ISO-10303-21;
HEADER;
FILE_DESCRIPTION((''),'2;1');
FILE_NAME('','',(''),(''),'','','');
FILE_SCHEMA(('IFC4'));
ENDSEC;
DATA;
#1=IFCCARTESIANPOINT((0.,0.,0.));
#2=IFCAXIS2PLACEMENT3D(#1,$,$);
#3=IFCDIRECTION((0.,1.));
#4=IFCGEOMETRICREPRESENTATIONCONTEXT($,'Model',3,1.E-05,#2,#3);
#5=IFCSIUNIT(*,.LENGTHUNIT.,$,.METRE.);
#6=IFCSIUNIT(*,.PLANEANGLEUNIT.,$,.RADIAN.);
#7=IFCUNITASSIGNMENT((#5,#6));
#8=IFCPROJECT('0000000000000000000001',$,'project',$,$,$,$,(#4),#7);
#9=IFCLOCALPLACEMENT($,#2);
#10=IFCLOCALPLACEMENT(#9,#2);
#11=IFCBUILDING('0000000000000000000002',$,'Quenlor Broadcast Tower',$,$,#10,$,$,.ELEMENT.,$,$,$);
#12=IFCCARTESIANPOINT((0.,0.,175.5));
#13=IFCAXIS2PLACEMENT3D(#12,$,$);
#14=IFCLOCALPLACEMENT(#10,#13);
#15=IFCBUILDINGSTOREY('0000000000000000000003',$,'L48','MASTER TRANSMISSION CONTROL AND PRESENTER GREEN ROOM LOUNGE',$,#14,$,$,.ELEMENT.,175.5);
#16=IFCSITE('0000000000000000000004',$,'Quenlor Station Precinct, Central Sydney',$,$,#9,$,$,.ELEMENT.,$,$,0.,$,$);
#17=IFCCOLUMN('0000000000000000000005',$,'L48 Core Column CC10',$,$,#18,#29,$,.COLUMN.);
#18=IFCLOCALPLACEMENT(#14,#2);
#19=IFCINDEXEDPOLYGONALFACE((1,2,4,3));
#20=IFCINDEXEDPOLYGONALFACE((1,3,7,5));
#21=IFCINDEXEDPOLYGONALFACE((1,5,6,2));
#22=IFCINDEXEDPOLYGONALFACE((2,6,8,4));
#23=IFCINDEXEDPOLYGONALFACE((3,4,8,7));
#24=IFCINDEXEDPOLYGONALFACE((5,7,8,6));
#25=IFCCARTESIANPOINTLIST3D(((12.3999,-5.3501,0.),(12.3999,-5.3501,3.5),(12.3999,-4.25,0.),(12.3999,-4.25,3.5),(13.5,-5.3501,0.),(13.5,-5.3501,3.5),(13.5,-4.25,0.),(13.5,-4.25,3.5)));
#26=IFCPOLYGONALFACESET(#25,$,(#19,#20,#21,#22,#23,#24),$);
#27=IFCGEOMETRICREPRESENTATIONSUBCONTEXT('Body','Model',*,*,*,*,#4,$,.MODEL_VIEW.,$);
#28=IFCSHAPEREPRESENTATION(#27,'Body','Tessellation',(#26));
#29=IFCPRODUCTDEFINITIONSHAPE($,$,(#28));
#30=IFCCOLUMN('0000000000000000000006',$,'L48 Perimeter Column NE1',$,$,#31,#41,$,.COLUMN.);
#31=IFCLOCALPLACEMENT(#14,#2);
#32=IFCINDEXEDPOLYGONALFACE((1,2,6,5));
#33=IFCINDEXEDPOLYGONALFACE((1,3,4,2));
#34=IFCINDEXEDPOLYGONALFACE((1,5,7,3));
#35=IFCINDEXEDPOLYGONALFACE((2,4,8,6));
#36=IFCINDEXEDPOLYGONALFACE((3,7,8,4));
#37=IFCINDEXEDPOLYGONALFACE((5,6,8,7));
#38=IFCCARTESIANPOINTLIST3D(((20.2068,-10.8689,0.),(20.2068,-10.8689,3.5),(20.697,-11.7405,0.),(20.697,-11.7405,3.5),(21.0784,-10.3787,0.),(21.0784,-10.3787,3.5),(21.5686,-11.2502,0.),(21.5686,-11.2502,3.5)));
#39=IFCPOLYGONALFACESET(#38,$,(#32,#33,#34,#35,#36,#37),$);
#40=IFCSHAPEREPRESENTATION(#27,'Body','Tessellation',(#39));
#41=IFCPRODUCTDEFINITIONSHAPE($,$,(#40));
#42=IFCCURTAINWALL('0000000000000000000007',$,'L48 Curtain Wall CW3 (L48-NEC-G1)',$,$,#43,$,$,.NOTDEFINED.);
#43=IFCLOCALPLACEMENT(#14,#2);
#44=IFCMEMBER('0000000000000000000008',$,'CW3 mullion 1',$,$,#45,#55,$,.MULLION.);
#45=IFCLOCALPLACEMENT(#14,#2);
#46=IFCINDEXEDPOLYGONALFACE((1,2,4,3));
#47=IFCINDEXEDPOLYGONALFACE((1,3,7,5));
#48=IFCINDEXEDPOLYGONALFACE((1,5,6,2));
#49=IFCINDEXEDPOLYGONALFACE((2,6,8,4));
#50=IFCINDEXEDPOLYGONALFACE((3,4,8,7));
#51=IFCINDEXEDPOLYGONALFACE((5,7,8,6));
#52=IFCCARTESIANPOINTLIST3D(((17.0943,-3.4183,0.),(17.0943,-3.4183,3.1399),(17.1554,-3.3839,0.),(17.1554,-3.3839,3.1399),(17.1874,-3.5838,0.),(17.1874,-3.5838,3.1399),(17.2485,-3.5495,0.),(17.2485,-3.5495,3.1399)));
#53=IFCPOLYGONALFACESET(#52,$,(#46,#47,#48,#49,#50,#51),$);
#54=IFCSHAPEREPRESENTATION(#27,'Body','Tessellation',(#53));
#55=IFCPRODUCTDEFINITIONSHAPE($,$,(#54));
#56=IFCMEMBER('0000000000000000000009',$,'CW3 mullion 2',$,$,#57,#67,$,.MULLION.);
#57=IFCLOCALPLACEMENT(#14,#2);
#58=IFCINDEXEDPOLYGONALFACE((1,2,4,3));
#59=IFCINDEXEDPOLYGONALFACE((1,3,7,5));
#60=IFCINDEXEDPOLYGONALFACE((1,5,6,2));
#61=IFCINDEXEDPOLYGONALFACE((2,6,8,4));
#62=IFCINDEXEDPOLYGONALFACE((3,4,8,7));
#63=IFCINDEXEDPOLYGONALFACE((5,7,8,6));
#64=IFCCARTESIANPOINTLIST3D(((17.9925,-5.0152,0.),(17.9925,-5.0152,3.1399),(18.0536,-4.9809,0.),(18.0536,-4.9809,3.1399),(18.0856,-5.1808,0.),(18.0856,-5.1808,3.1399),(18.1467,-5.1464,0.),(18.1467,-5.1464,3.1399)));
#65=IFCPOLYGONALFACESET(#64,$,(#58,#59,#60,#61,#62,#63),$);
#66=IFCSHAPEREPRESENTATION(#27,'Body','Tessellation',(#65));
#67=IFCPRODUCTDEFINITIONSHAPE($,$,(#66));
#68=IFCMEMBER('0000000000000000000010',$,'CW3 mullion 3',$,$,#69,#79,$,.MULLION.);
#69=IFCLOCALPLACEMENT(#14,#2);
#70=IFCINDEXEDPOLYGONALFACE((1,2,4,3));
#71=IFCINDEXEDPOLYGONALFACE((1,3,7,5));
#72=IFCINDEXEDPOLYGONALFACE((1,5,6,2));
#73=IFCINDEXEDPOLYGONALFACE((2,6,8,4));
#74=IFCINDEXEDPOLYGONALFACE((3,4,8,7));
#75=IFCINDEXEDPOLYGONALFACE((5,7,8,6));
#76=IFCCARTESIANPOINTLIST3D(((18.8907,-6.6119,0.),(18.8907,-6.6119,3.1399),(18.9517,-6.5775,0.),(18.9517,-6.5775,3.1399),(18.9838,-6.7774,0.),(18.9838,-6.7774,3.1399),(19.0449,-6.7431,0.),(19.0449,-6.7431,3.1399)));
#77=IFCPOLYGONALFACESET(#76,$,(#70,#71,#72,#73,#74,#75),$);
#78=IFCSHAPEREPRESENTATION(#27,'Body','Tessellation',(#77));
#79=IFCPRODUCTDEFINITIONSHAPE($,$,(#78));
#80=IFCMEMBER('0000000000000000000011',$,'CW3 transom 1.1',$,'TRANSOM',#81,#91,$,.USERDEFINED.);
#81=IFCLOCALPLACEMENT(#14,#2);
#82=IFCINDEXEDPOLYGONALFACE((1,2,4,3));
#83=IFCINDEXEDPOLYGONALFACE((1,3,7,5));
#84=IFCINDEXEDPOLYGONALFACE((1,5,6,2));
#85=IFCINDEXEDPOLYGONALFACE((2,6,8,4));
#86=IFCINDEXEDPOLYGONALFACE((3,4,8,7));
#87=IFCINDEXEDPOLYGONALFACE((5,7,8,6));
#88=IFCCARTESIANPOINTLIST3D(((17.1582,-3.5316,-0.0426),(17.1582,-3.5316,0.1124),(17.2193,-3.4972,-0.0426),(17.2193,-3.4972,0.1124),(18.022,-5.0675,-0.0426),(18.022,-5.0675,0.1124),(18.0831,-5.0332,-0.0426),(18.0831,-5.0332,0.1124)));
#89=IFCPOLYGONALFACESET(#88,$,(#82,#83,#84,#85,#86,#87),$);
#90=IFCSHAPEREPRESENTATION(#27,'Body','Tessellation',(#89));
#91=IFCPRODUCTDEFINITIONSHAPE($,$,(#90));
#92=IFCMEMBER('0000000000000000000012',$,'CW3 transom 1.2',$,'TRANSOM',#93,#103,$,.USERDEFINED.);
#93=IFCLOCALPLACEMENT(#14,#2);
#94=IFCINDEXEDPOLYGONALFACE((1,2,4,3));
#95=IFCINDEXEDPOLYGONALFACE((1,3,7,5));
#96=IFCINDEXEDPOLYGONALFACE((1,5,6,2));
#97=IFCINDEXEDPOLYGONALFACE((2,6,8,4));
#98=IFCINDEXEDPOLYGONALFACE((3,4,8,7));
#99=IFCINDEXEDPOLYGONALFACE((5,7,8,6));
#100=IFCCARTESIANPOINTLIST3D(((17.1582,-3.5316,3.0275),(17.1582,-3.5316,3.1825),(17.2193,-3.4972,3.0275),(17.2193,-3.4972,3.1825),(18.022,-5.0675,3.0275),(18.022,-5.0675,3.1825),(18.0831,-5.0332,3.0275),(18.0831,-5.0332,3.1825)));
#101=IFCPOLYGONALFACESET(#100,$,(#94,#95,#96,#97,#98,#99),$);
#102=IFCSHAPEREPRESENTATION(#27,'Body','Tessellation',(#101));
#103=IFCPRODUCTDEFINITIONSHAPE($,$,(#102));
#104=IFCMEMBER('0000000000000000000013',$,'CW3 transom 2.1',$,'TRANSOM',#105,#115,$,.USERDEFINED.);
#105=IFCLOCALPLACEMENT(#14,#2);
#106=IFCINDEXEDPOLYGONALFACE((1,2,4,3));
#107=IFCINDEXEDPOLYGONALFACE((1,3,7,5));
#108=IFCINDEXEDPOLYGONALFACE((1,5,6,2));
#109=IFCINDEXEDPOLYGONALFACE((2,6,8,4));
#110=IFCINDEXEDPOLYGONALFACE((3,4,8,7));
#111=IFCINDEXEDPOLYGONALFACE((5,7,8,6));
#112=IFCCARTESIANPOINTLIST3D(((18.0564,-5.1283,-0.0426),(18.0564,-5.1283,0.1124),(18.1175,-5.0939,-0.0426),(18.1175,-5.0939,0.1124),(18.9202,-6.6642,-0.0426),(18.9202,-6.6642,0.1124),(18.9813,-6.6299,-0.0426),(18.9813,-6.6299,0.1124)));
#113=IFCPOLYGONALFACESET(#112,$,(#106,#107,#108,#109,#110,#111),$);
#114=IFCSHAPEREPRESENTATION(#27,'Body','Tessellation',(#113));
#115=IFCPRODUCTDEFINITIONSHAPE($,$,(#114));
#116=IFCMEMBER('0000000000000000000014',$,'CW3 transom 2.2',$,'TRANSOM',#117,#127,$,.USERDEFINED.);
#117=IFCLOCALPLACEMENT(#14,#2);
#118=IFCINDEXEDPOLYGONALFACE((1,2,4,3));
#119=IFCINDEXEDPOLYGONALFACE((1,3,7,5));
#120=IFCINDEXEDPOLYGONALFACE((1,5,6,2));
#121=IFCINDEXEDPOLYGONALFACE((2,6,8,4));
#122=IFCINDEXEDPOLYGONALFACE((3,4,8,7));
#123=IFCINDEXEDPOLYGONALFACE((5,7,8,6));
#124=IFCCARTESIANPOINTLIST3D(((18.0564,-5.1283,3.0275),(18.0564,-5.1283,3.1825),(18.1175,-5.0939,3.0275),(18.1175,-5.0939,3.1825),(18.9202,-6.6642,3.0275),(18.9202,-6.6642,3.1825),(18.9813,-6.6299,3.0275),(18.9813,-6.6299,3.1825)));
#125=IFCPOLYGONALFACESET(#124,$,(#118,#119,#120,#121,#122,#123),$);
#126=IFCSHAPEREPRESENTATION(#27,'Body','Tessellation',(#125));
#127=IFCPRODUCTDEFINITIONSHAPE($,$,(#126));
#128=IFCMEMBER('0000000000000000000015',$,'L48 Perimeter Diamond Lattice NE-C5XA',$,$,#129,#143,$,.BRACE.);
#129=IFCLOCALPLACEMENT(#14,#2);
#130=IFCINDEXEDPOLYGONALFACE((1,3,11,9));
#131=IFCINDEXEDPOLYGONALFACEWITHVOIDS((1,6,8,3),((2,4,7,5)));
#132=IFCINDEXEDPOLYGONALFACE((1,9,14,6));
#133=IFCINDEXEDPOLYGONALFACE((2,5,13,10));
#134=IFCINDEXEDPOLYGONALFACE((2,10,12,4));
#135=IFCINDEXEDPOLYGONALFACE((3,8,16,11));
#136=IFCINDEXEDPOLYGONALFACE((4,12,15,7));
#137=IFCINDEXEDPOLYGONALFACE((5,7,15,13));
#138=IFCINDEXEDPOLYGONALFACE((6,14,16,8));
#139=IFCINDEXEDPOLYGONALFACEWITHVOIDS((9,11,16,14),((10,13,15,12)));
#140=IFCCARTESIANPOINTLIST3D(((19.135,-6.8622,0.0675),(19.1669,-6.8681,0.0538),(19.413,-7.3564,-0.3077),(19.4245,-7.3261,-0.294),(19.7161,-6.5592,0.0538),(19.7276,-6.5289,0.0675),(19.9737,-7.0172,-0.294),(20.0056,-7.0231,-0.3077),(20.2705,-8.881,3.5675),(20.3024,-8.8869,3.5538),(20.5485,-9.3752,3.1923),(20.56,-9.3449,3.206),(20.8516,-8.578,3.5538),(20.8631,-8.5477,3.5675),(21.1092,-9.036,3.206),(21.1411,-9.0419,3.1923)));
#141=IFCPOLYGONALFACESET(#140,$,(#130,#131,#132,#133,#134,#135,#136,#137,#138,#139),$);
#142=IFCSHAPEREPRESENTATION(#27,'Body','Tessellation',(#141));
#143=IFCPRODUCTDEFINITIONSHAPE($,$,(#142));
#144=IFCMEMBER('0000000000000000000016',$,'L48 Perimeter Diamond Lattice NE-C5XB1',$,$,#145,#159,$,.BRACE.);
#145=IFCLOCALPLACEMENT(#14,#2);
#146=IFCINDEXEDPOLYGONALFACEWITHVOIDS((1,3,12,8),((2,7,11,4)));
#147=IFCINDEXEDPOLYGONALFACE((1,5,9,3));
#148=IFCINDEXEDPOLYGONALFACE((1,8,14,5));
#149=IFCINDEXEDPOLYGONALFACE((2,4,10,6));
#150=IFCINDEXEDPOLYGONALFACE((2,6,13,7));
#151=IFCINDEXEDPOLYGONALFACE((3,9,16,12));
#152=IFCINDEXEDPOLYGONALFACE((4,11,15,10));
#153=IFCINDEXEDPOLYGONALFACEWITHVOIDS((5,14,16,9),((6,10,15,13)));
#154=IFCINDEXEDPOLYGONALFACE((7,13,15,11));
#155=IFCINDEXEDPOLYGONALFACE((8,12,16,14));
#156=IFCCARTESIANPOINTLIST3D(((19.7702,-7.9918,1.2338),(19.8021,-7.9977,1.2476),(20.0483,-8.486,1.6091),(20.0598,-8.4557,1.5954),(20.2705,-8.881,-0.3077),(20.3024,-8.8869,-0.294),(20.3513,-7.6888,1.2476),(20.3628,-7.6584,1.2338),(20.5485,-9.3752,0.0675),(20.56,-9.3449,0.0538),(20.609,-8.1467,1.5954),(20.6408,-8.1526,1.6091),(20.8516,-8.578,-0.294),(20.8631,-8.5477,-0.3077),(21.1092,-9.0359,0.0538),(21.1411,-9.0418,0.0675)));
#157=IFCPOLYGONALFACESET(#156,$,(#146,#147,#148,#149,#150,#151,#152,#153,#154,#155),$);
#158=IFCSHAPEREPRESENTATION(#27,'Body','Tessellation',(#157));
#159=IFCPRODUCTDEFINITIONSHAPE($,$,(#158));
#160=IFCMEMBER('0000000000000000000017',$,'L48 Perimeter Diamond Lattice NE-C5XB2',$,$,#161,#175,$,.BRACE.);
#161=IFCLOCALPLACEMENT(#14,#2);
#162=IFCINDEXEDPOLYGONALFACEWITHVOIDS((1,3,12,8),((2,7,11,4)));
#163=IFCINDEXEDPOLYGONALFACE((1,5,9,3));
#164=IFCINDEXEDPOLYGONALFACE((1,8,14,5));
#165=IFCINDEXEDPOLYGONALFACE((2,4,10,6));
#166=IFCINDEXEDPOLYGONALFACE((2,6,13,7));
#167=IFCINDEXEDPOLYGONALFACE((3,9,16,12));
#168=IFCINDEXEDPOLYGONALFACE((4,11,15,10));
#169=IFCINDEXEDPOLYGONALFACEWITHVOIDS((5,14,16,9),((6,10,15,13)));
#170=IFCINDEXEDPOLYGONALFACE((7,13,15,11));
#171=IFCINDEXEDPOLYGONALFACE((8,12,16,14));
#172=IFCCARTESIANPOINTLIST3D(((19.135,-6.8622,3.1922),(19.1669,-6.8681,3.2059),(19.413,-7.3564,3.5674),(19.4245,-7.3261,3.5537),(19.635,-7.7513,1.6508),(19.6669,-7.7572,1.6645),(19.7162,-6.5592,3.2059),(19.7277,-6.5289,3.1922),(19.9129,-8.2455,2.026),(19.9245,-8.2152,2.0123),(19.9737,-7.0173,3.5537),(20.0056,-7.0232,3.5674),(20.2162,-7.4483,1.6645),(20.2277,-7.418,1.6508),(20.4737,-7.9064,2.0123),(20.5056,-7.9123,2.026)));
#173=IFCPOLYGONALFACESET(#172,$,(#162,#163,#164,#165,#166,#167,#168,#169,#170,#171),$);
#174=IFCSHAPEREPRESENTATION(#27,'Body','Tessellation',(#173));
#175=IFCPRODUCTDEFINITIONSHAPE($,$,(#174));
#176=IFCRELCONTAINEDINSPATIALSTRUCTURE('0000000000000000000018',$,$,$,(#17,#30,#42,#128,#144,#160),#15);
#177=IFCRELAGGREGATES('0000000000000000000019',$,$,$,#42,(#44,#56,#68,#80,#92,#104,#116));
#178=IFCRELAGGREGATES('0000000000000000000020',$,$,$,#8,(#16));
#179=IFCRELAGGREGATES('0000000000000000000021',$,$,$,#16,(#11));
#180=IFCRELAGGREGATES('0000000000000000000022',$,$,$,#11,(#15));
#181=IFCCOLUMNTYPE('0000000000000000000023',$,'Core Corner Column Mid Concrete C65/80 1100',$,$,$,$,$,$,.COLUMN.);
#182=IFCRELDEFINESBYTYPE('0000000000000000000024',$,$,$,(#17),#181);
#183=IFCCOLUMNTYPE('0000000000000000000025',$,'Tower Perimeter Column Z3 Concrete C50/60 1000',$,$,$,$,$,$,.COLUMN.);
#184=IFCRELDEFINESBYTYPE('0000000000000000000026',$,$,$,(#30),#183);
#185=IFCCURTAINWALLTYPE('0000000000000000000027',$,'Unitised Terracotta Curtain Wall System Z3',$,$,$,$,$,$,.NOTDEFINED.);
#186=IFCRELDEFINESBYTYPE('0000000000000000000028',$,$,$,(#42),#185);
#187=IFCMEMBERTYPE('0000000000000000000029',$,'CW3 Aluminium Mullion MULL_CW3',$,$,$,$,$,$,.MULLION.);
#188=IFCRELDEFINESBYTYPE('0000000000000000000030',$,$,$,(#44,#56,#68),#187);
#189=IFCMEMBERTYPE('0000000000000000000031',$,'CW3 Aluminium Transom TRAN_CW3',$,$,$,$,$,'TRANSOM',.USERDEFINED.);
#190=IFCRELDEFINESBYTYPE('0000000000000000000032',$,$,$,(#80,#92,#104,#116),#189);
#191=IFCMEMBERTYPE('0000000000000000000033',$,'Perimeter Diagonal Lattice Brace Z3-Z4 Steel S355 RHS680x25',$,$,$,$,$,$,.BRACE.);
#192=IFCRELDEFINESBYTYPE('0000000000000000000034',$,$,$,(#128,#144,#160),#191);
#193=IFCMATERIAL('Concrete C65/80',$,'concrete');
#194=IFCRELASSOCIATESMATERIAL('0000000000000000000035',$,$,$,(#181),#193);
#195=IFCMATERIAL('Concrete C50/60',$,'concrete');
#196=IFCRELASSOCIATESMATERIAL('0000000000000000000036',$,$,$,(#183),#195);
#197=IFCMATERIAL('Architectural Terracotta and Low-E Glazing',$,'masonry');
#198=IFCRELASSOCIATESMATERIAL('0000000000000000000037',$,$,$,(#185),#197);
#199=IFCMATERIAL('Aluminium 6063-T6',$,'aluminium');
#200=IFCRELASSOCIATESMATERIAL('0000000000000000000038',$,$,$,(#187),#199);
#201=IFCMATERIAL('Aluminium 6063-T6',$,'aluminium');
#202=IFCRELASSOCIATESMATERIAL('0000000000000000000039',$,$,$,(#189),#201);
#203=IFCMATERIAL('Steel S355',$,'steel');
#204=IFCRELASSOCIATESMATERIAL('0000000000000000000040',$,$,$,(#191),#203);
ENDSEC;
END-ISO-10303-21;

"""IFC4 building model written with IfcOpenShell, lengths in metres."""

from ifc_helpers import new_model, si_unit, direction, frame, origin, origin_2d, place, context, subcontext, project, spatial, rectangle, hollow_rectangle, extrude, material, material_profile, profile_set, type_object, element, aggregate, save


model = new_model("IFC4")

# Units and contexts
model_context = context("Model", 3, precision=1e-05, world=origin(), true_north=direction((0.0, 1.0)))
body_context = subcontext(model_context, "Body", "Model", "MODEL_VIEW")
ifc_project = project(units=[si_unit("LENGTHUNIT", "METRE"), si_unit("PLANEANGLEUNIT", "RADIAN")], contexts=[model_context])

# Site, building, storey
site_placement = place(None, origin())
site = spatial("IfcSite", under=ifc_project, at=site_placement, Name="Quenlor Station Precinct, Central Sydney", CompositionType="ELEMENT", RefElevation=0.0)
building_placement = place(site_placement, origin())
building = spatial("IfcBuilding", under=site, at=building_placement, Name="Quenlor Broadcast Tower", CompositionType="ELEMENT")
storey_placement = place(building_placement, frame((0.0, 0.0, 175.5)))
storey = spatial("IfcBuildingStorey", under=building, at=storey_placement, Name="L48", Description="MASTER TRANSMISSION CONTROL AND PRESENTER GREEN ROOM LOUNGE", CompositionType="ELEMENT", Elevation=175.5)

# Columns
ifc_material_1 = material(Name="Concrete C65/80", Category="concrete")
ifc_material_profile_1 = material_profile(ifc_material_1, rectangle(XDim=1.1001, YDim=1.1001, at=origin_2d()))
ifc_profile_set_1 = profile_set([ifc_material_profile_1], Name="Concrete C65/80 RC1100x1100")
column_type_1 = type_object("IfcColumnType", Name="Core Corner Column Mid Concrete C65/80 1100", PredefinedType="COLUMN", material=ifc_profile_set_1)
column_1_placement = place(storey_placement, frame((12.95, -4.8, 0.0), z_axis=(0.0, 0.0, 1.0), x_axis=(1.0, 0.0, 0.0)))
element("IfcColumn", 1, at=column_1_placement, inside=storey, type_object=column_type_1, Name="L48 Core Column CC10", PredefinedType="COLUMN", context=body_context, shape_type="SweptSolid", body=[
    extrude(rectangle(XDim=1.1001, YDim=1.1001, at=origin_2d()), origin(), (0.0, 0.0, 1.0), 3.5),
])
ifc_material_2 = material(Name="Concrete C50/60", Category="concrete")
ifc_material_profile_2 = material_profile(ifc_material_2, rectangle(XDim=1.0, YDim=1.0, at=origin_2d()))
ifc_profile_set_2 = profile_set([ifc_material_profile_2], Name="Concrete C50/60 RC1000x1000")
column_type_2 = type_object("IfcColumnType", Name="Tower Perimeter Column Z3 Concrete C50/60 1000", PredefinedType="COLUMN", material=ifc_profile_set_2)
column_2_placement = place(storey_placement, frame((20.8877, -11.0596, 0.0), z_axis=(0.0, 0.0, 1.0), x_axis=(0.871575, 0.490262, 0.0)))
element("IfcColumn", 2, at=column_2_placement, inside=storey, type_object=column_type_2, Name="L48 Perimeter Column NE1", PredefinedType="COLUMN", context=body_context, shape_type="SweptSolid", body=[
    extrude(rectangle(XDim=1.0, YDim=1.0, at=origin_2d()), origin(), (0.0, 0.0, 1.0), 3.5),
])

# Curtain wall, members
ifc_material_3 = material(Name="Architectural Terracotta and Low-E Glazing", Category="masonry")
curtain_wall_type = type_object("IfcCurtainWallType", Name="Unitised Terracotta Curtain Wall System Z3", PredefinedType="NOTDEFINED", material=ifc_material_3)
curtain_wall_placement = place(storey_placement, origin())
curtain_wall = element("IfcCurtainWall", 3, at=curtain_wall_placement, inside=storey, type_object=curtain_wall_type, Name="L48 Curtain Wall CW3 (L48-NEC-G1)", PredefinedType="NOTDEFINED")
ifc_material_4 = material(Name="Aluminium 6063-T6", Category="aluminium")
ifc_material_profile_3 = material_profile(ifc_material_4, rectangle(XDim=0.0701, YDim=0.1899, at=origin_2d()))
ifc_profile_set_3 = profile_set([ifc_material_profile_3], Name="Aluminium 6063-T6 MULL70x190")
member_type_1 = type_object("IfcMemberType", Name="CW3 Aluminium Mullion MULL_CW3", PredefinedType="MULLION", material=ifc_profile_set_3)
member_1_placement = place(storey_placement, frame((17.1714, -3.4839, 0.0), z_axis=(0.0, 0.0, 1.0), x_axis=(0.871577, 0.490259, 0.0)))
member_1 = element("IfcMember", 4, at=member_1_placement, type_object=member_type_1, Name="CW3 mullion 1", PredefinedType="MULLION", context=body_context, shape_type="SweptSolid", body=[
    extrude(rectangle(XDim=0.0701, YDim=0.1899, at=origin_2d()), origin(), (0.0, 0.0, 1.0), 3.1399),
])
member_2_placement = place(storey_placement, frame((18.0696, -5.0808, 0.0), z_axis=(0.0, 0.0, 1.0), x_axis=(0.871577, 0.490259, 0.0)))
member_2 = element("IfcMember", 5, at=member_2_placement, type_object=member_type_1, Name="CW3 mullion 2", PredefinedType="MULLION", context=body_context, shape_type="SweptSolid", body=[
    extrude(rectangle(XDim=0.0701, YDim=0.1899, at=origin_2d()), origin(), (0.0, 0.0, 1.0), 3.1399),
])
member_3_placement = place(storey_placement, frame((18.9678, -6.6775, 0.0), z_axis=(0.0, 0.0, 1.0), x_axis=(0.871577, 0.490259, 0.0)))
member_3 = element("IfcMember", 6, at=member_3_placement, type_object=member_type_1, Name="CW3 mullion 3", PredefinedType="MULLION", context=body_context, shape_type="SweptSolid", body=[
    extrude(rectangle(XDim=0.0701, YDim=0.1899, at=origin_2d()), origin(), (0.0, 0.0, 1.0), 3.1399),
])
ifc_material_5 = material(Name="Aluminium 6063-T6", Category="aluminium")
ifc_material_profile_4 = material_profile(ifc_material_5, rectangle(XDim=0.0701, YDim=0.155, at=origin_2d()))
ifc_profile_set_4 = profile_set([ifc_material_profile_4], Name="Aluminium 6063-T6 TRAN70x155")
member_type_2 = type_object("IfcMemberType", Name="CW3 Aluminium Transom TRAN_CW3", ElementType="TRANSOM", PredefinedType="USERDEFINED", material=ifc_profile_set_4)
member_4_placement = place(storey_placement, frame((17.1887, -3.5144, 0.0349), z_axis=(0.490189, -0.871616, 0.0), x_axis=(0.871616, 0.490189, 0.0)))
member_4 = element("IfcMember", 7, at=member_4_placement, type_object=member_type_2, Name="CW3 transom 1.1", ObjectType="TRANSOM", PredefinedType="USERDEFINED", context=body_context, shape_type="SweptSolid", body=[
    extrude(rectangle(XDim=0.0701, YDim=0.155, at=origin_2d()), origin(), (0.0, 0.0, 1.0), 1.7622),
])
member_5_placement = place(storey_placement, frame((17.1887, -3.5144, 3.105), z_axis=(0.490189, -0.871616, 0.0), x_axis=(0.871616, 0.490189, 0.0)))
member_5 = element("IfcMember", 8, at=member_5_placement, type_object=member_type_2, Name="CW3 transom 1.2", ObjectType="TRANSOM", PredefinedType="USERDEFINED", context=body_context, shape_type="SweptSolid", body=[
    extrude(rectangle(XDim=0.0701, YDim=0.155, at=origin_2d()), origin(), (0.0, 0.0, 1.0), 1.7622),
])
member_6_placement = place(storey_placement, frame((18.0869, -5.1111, 0.0349), z_axis=(0.490189, -0.871616, 0.0), x_axis=(0.871616, 0.490189, 0.0)))
member_6 = element("IfcMember", 9, at=member_6_placement, type_object=member_type_2, Name="CW3 transom 2.1", ObjectType="TRANSOM", PredefinedType="USERDEFINED", context=body_context, shape_type="SweptSolid", body=[
    extrude(rectangle(XDim=0.0701, YDim=0.155, at=origin_2d()), origin(), (0.0, 0.0, 1.0), 1.7622),
])
member_7_placement = place(storey_placement, frame((18.0869, -5.1111, 3.105), z_axis=(0.490189, -0.871616, 0.0), x_axis=(0.871616, 0.490189, 0.0)))
member_7 = element("IfcMember", 10, at=member_7_placement, type_object=member_type_2, Name="CW3 transom 2.2", ObjectType="TRANSOM", PredefinedType="USERDEFINED", context=body_context, shape_type="SweptSolid", body=[
    extrude(rectangle(XDim=0.0701, YDim=0.155, at=origin_2d()), origin(), (0.0, 0.0, 1.0), 1.7622),
])

# Members
ifc_material_6 = material(Name="Steel S355", Category="steel")
ifc_material_profile_5 = material_profile(ifc_material_6, hollow_rectangle(XDim=0.6799, YDim=0.6799, WallThickness=0.0249, at=origin_2d()))
ifc_profile_set_5 = profile_set([ifc_material_profile_5], Name="Steel S355 RHS680x680x25")
member_type_3 = type_object("IfcMemberType", Name="Perimeter Diagonal Lattice Brace Z3-Z4 Steel S355 RHS680x25", PredefinedType="BRACE", material=ifc_profile_set_5)
member_8_placement = place(storey_placement, frame((19.5703, -6.9426, -0.1201), z_axis=(0.270549, -0.481009, 0.833927), x_axis=(0.87159, 0.490236, 0.0)))
element("IfcMember", 11, at=member_8_placement, inside=storey, type_object=member_type_3, Name="L48 Perimeter Diamond Lattice NE-C5XA", PredefinedType="BRACE", context=body_context, shape_type="SweptSolid", body=[
    extrude(hollow_rectangle(XDim=0.6799, YDim=0.6799, WallThickness=0.0249, at=origin_2d()), origin(), (0.0, 0.0, 1.0), 4.197),
])
member_9_placement = place(storey_placement, frame((20.7058, -8.9614, -0.1201), z_axis=(-0.270616, 0.481008, 0.833905), x_axis=(-0.871537, -0.490329, 0.0)))
element("IfcMember", 12, at=member_9_placement, inside=storey, type_object=member_type_3, Name="L48 Perimeter Diamond Lattice NE-C5XB1", PredefinedType="BRACE", context=body_context, shape_type="SweptSolid", body=[
    extrude(hollow_rectangle(XDim=0.6799, YDim=0.6799, WallThickness=0.0249, at=origin_2d()), origin(), (0.0, 0.0, 1.0), 1.8486),
])
member_10_placement = place(storey_placement, frame((20.0703, -7.8318, 1.8384), z_axis=(-0.270494, 0.481025, 0.833935), x_axis=(-0.871639, -0.490148, 0.0)))
element("IfcMember", 13, at=member_10_placement, inside=storey, type_object=member_type_3, Name="L48 Perimeter Diamond Lattice NE-C5XB2", PredefinedType="BRACE", context=body_context, shape_type="SweptSolid", body=[
    extrude(hollow_rectangle(XDim=0.6799, YDim=0.6799, WallThickness=0.0249, at=origin_2d()), origin(), (0.0, 0.0, 1.0), 1.8484),
])

aggregate(curtain_wall, [member_1, member_2, member_3, member_4, member_5, member_6, member_7])

save(model, "model.ifc")
